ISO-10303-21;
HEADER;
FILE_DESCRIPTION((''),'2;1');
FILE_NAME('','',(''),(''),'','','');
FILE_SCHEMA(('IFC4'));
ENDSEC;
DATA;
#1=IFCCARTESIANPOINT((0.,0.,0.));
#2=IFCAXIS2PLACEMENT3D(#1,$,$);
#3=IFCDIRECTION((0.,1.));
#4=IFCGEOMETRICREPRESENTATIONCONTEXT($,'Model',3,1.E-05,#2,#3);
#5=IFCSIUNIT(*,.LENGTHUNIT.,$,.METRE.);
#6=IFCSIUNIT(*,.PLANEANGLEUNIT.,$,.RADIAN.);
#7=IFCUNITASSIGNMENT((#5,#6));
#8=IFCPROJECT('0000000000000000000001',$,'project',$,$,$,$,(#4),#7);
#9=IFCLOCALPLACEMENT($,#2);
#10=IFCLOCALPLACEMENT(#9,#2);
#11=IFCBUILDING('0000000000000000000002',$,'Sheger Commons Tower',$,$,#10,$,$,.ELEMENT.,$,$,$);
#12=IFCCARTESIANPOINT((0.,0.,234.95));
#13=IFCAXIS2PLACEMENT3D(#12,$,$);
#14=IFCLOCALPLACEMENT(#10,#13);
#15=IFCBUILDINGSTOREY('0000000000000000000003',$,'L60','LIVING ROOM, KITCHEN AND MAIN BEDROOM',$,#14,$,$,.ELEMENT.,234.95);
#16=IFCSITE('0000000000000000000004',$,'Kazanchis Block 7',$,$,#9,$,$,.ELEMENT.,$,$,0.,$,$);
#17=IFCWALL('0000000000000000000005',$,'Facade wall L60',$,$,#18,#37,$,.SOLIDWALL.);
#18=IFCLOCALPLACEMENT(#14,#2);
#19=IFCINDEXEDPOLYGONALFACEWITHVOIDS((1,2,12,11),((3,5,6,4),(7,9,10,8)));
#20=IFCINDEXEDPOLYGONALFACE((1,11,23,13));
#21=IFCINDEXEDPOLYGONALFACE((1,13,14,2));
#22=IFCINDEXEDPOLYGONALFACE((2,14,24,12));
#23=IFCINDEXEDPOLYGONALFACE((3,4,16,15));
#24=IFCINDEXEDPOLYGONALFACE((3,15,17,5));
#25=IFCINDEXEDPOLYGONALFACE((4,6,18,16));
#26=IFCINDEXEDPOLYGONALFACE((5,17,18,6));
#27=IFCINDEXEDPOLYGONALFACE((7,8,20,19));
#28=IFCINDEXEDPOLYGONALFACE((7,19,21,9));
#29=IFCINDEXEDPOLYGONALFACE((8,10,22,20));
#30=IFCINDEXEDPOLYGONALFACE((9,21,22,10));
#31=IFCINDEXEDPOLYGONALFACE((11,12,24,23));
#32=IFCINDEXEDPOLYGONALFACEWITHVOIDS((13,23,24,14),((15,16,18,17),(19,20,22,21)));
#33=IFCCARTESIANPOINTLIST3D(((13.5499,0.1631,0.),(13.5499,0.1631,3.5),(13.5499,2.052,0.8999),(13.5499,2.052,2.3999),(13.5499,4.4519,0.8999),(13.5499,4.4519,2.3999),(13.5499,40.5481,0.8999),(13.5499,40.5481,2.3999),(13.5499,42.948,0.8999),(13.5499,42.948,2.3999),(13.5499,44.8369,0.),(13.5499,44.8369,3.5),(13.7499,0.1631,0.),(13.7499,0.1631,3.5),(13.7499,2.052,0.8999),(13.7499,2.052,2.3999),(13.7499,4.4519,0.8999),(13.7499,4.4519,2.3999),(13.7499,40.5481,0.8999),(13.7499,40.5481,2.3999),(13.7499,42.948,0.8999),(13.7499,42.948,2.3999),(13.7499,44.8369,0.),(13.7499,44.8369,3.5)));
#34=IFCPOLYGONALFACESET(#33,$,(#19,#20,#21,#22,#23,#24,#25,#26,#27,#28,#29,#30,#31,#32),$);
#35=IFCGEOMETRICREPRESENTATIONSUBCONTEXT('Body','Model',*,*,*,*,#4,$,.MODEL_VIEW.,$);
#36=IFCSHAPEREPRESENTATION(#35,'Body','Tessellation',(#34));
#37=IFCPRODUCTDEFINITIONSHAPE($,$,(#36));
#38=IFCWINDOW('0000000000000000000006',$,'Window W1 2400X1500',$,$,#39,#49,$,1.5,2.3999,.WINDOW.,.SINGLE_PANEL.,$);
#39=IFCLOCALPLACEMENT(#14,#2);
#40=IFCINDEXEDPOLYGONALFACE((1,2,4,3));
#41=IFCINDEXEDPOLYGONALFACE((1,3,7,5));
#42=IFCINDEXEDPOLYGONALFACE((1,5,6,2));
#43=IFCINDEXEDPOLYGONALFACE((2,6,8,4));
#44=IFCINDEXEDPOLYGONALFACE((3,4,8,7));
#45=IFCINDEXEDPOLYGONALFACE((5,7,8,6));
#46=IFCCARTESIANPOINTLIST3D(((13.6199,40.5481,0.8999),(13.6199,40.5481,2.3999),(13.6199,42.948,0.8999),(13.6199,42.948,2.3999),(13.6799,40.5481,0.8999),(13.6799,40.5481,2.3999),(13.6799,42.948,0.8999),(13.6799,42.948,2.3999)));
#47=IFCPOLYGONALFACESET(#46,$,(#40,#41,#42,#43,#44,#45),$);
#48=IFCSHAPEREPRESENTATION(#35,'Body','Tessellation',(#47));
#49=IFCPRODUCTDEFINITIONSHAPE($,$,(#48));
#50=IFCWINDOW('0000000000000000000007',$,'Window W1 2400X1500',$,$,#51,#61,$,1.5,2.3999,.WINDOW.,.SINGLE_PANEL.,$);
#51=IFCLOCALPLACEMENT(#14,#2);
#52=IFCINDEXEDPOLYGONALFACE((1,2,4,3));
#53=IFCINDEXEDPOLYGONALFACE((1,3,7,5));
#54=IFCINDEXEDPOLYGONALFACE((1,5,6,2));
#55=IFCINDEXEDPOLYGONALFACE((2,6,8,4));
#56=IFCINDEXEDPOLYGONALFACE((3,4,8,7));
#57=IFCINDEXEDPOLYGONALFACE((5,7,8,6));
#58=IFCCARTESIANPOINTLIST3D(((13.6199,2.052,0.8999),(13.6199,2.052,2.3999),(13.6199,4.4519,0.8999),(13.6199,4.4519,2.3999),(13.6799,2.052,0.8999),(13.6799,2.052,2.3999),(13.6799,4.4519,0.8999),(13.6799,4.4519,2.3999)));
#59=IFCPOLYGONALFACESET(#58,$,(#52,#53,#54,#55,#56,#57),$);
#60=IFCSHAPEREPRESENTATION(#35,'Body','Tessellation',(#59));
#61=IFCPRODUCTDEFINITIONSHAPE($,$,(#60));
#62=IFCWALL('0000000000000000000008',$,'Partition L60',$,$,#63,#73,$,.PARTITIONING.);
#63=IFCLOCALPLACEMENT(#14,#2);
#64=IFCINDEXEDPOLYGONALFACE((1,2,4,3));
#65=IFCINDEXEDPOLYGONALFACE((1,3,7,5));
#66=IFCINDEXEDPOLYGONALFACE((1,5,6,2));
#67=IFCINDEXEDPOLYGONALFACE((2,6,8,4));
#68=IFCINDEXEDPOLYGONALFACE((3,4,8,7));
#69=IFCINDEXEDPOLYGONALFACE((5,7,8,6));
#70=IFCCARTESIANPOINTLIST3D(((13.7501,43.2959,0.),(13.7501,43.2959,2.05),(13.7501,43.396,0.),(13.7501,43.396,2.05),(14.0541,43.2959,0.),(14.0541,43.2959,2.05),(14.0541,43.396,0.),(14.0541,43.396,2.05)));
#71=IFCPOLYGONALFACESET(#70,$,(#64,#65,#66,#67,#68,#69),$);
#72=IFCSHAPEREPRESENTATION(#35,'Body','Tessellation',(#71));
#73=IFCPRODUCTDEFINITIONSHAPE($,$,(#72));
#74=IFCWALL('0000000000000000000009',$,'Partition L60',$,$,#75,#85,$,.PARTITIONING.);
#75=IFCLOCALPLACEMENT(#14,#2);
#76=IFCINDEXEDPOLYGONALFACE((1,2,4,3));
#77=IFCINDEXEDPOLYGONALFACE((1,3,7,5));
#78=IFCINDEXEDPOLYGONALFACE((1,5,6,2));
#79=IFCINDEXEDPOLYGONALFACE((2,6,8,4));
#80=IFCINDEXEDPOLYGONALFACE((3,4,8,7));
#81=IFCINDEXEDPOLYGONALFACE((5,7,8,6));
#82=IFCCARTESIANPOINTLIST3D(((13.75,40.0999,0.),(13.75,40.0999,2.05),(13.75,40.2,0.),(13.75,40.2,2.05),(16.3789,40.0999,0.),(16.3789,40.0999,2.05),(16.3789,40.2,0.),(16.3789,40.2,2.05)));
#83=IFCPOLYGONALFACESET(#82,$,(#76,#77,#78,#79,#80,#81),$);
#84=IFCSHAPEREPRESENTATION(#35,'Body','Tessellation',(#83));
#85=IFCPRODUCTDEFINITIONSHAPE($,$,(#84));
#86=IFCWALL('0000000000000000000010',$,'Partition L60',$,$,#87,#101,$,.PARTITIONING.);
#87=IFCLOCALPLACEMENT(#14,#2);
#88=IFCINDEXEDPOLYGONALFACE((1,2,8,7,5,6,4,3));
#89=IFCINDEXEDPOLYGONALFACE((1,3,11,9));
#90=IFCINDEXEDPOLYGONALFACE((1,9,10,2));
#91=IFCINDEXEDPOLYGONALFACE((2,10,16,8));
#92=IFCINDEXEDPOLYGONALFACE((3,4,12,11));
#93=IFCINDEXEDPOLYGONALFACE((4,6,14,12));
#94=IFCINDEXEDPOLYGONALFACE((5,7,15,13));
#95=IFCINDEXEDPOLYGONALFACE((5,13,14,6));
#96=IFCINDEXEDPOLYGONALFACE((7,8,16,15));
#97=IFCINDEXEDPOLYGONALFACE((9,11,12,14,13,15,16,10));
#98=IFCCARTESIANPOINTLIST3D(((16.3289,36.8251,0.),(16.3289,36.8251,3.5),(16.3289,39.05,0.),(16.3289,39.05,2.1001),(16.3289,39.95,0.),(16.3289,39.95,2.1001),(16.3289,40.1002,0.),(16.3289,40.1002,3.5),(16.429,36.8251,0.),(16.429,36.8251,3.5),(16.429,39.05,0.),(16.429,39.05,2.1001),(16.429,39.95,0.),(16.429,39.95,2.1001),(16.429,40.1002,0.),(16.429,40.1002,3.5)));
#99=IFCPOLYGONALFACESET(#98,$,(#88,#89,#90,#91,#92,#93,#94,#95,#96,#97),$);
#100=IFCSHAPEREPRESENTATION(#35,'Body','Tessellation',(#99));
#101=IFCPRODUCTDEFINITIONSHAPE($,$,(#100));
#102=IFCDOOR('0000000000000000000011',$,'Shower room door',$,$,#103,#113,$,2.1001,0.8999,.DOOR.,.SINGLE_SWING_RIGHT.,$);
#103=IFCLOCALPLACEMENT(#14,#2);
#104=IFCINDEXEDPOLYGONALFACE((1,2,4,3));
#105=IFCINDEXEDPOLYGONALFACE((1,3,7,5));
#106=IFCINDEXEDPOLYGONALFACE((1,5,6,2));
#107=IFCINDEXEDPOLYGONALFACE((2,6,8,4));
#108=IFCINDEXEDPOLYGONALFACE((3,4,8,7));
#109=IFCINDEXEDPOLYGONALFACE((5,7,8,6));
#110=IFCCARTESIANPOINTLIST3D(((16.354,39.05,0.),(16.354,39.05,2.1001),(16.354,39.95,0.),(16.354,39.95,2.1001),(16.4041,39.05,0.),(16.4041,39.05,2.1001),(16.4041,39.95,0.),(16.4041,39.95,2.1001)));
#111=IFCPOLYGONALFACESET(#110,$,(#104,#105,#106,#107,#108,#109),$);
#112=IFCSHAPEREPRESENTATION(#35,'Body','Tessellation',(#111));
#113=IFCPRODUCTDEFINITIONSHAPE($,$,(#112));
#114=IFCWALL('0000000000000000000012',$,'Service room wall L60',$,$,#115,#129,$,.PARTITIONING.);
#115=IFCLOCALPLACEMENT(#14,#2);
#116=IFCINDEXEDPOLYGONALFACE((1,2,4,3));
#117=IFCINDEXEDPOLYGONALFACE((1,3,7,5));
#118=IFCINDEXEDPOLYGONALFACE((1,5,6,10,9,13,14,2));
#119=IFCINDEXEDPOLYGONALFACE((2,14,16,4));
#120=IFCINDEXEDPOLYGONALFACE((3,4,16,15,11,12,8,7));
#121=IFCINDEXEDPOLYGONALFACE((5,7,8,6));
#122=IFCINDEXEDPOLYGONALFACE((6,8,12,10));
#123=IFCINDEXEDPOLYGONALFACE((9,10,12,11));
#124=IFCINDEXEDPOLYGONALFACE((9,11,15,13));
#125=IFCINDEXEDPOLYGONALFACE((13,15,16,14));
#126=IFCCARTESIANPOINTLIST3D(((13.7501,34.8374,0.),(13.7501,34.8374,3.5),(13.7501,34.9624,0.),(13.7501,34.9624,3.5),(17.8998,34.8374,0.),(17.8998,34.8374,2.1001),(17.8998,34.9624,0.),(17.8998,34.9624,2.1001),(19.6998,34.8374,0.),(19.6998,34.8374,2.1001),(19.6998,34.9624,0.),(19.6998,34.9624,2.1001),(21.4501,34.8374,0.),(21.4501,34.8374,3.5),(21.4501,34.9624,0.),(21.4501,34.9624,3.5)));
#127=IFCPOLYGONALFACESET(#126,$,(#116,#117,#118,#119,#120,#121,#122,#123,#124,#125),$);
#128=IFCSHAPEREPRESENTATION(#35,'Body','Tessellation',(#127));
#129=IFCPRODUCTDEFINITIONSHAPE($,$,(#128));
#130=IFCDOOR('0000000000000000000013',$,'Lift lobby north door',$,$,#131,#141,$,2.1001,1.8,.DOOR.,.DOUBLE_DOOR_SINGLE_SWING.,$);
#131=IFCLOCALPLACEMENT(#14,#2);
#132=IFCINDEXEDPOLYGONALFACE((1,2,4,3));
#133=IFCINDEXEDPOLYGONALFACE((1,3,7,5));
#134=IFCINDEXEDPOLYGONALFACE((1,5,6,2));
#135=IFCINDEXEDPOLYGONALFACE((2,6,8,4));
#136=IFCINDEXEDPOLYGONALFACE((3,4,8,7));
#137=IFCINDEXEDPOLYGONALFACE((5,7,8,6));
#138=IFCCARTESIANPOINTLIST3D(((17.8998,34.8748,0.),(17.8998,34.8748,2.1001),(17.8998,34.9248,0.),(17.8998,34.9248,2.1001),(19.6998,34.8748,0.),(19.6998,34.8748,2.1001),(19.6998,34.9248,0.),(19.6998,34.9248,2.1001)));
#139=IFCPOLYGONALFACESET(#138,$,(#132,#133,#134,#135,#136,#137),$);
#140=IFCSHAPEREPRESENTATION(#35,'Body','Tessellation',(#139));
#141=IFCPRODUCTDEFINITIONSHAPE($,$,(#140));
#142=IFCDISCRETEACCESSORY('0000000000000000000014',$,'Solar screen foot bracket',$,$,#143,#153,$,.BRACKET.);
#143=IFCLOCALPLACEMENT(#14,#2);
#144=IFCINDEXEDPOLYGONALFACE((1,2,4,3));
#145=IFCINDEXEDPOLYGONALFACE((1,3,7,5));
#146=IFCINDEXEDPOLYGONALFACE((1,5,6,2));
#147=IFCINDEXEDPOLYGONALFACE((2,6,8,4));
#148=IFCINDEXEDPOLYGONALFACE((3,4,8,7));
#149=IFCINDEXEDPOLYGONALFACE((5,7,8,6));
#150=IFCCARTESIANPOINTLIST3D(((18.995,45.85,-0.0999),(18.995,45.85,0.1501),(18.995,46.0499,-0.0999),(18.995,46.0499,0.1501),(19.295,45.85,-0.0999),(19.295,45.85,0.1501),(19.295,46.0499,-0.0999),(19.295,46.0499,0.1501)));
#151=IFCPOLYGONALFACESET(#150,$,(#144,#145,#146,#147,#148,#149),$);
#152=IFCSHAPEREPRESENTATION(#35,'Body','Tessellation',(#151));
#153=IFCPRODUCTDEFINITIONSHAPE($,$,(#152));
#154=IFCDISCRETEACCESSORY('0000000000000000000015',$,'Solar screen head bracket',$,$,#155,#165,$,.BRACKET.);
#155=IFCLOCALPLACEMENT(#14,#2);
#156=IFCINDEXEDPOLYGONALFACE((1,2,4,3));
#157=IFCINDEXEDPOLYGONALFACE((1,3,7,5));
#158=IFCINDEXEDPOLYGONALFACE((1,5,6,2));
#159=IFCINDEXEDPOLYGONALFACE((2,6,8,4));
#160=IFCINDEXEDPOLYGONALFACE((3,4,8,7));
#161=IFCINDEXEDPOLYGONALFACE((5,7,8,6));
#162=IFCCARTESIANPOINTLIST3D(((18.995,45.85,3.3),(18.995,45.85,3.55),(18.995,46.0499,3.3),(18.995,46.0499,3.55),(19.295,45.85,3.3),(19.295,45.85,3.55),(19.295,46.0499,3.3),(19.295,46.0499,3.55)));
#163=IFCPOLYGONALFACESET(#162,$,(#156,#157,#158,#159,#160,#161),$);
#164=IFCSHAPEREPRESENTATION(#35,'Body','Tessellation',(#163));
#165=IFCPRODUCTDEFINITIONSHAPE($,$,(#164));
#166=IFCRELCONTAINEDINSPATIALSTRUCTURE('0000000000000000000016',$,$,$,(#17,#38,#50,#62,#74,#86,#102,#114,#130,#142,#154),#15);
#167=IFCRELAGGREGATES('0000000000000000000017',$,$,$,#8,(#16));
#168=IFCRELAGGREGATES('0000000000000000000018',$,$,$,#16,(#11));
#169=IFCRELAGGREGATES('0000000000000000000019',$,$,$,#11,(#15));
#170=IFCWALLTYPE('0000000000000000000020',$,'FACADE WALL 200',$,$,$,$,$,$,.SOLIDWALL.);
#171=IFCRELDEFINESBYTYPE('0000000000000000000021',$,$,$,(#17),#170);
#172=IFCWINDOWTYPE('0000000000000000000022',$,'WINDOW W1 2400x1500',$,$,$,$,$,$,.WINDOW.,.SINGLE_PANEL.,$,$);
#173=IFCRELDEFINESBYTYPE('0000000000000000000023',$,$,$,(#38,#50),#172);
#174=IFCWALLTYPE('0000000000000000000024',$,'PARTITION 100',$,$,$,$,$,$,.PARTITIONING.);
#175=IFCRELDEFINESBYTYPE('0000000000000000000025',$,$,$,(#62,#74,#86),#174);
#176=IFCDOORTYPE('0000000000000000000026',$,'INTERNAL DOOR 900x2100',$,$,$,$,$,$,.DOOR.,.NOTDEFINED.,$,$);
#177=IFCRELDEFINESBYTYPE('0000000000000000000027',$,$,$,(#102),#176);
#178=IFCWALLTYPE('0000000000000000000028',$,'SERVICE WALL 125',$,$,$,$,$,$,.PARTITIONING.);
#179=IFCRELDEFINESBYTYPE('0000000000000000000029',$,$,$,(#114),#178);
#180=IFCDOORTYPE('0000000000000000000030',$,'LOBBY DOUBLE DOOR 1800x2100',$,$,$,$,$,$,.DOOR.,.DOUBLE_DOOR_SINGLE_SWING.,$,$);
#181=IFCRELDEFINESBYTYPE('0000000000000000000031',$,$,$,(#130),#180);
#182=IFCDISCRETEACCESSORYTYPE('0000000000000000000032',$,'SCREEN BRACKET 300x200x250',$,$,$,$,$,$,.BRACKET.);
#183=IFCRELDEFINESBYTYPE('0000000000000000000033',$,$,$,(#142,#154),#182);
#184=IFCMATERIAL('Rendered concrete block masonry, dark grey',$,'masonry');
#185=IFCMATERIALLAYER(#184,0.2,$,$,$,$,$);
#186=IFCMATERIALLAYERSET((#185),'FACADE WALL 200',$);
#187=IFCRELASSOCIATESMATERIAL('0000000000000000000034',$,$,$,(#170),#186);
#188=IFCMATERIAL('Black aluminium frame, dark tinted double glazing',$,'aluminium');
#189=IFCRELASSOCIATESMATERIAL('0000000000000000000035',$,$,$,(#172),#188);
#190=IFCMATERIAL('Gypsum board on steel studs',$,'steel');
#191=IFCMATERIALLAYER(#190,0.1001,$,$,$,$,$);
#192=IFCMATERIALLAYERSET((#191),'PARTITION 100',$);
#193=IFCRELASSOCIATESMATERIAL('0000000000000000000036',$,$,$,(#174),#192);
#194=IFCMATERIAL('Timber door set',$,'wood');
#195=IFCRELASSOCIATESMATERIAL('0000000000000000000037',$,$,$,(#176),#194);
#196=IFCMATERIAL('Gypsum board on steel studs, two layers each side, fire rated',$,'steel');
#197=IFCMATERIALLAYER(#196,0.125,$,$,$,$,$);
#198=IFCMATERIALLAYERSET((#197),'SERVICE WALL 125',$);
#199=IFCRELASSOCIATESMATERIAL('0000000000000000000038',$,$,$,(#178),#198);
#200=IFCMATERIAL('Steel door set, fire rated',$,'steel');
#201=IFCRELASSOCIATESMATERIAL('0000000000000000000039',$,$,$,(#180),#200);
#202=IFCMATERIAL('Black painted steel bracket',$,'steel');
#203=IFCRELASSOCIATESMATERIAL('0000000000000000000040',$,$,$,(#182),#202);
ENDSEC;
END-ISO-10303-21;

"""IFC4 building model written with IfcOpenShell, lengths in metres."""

from ifc_helpers import new_model, si_unit, direction, frame, frame_2d, origin, origin_2d, place, context, subcontext, project, spatial, rectangle, extrude, material, layer, layer_set, type_object, element, fill, save


model = new_model("IFC4")

# Units and contexts
model_context = context("Model", 3, precision=1e-05, world=origin(), true_north=direction((0.0, 1.0)))
body_context = subcontext(model_context, "Body", "Model", "MODEL_VIEW")
ifc_project = project(units=[si_unit("LENGTHUNIT", "METRE"), si_unit("PLANEANGLEUNIT", "RADIAN")], contexts=[model_context])

# Site, building, storey
site_placement = place(None, origin())
site = spatial("IfcSite", under=ifc_project, at=site_placement, Name="Kazanchis Block 7", CompositionType="ELEMENT", RefElevation=0.0)
building_placement = place(site_placement, origin())
building = spatial("IfcBuilding", under=site, at=building_placement, Name="Sheger Commons Tower", CompositionType="ELEMENT")
storey_placement = place(building_placement, frame((0.0, 0.0, 234.95)))
storey = spatial("IfcBuildingStorey", under=building, at=storey_placement, Name="L60", Description="LIVING ROOM, KITCHEN AND MAIN BEDROOM", CompositionType="ELEMENT", Elevation=234.95)

# Shared definitions
ifc_material_1 = material(Name="Rendered concrete block masonry, dark grey", Category="masonry")
ifc_layer_1 = layer(ifc_material_1, 0.2)
ifc_layer_set_1 = layer_set([ifc_layer_1], Name="FACADE WALL 200")
wall_type_1 = type_object("IfcWallType", Name="FACADE WALL 200", PredefinedType="SOLIDWALL", material=ifc_layer_set_1)

# Wall, openings, windows
wall_1_placement = place(storey_placement, frame((13.6499, 44.8369, 0.0), z_axis=(0.0, 0.0, 1.0), x_axis=(0.0, -1.0, 0.0)))
wall_1 = element("IfcWall", 1, at=wall_1_placement, inside=storey, type_object=wall_type_1, Name="Facade wall L60", PredefinedType="SOLIDWALL", context=body_context, shape_type="SweptSolid", body=[
    extrude(rectangle(XDim=44.6738, YDim=0.2, at=frame_2d((22.3369, 0.0))), origin(), (0.0, 0.0, 1.0), 3.5),
])
opening_1_placement = place(wall_1_placement, frame((1.8889, 0.0, 0.8999)))
opening_1 = element("IfcOpeningElement", 2, at=opening_1_placement, cuts=wall_1, PredefinedType="OPENING", context=body_context, shape_type="SweptSolid", body=[
    extrude(rectangle(XDim=2.3999, YDim=1.5, at=frame_2d((1.2, 0.75))), frame((0.0, 0.1099, 0.0), z_axis=(0.0, -1.0, 0.0), x_axis=(1.0, 0.0, 0.0)), (0.0, 0.0, 1.0), 0.22),
])
opening_2_placement = place(wall_1_placement, frame((40.385, 0.0, 0.8999)))
opening_2 = element("IfcOpeningElement", 3, at=opening_2_placement, cuts=wall_1, PredefinedType="OPENING", context=body_context, shape_type="SweptSolid", body=[
    extrude(rectangle(XDim=2.3999, YDim=1.5, at=frame_2d((1.2, 0.75))), frame((0.0, 0.1099, 0.0), z_axis=(0.0, -1.0, 0.0), x_axis=(1.0, 0.0, 0.0)), (0.0, 0.0, 1.0), 0.22),
])
ifc_material_2 = material(Name="Black aluminium frame, dark tinted double glazing", Category="aluminium")
window_type = type_object("IfcWindowType", Name="WINDOW W1 2400x1500", PartitioningType="SINGLE_PANEL", PredefinedType="WINDOW", material=ifc_material_2)
window_1_placement = place(opening_1_placement, origin())
window_1 = element("IfcWindow", 4, at=window_1_placement, inside=storey, type_object=window_type, Name="Window W1 2400X1500", OverallHeight=1.5, OverallWidth=2.3999, PartitioningType="SINGLE_PANEL", PredefinedType="WINDOW", context=body_context, shape_type="SweptSolid", body=[
    extrude(rectangle(XDim=2.3999, YDim=1.5, at=frame_2d((1.2, 0.75))), frame((0.0, 0.03, 0.0), z_axis=(0.0, -1.0, 0.0), x_axis=(1.0, 0.0, 0.0)), (0.0, 0.0, 1.0), 0.0601),
])
fill(opening_1, window_1)
window_2_placement = place(opening_2_placement, origin())
window_2 = element("IfcWindow", 5, at=window_2_placement, inside=storey, type_object=window_type, Name="Window W1 2400X1500", OverallHeight=1.5, OverallWidth=2.3999, PartitioningType="SINGLE_PANEL", PredefinedType="WINDOW", context=body_context, shape_type="SweptSolid", body=[
    extrude(rectangle(XDim=2.3999, YDim=1.5, at=frame_2d((1.2, 0.75))), frame((0.0, 0.03, 0.0), z_axis=(0.0, -1.0, 0.0), x_axis=(1.0, 0.0, 0.0)), (0.0, 0.0, 1.0), 0.0601),
])
fill(opening_2, window_2)

# Walls
ifc_material_3 = material(Name="Gypsum board on steel studs", Category="steel")
ifc_layer_2 = layer(ifc_material_3, 0.1001)
ifc_layer_set_2 = layer_set([ifc_layer_2], Name="PARTITION 100")
wall_type_2 = type_object("IfcWallType", Name="PARTITION 100", PredefinedType="PARTITIONING", material=ifc_layer_set_2)
wall_2_placement = place(storey_placement, frame((14.054, 43.3459, 0.0), z_axis=(0.0, 0.0, 1.0), x_axis=(-1.0, 0.0, 0.0)))
element("IfcWall", 6, at=wall_2_placement, inside=storey, type_object=wall_type_2, Name="Partition L60", PredefinedType="PARTITIONING", context=body_context, shape_type="SweptSolid", body=[
    extrude(rectangle(XDim=0.304, YDim=0.1001, at=frame_2d((0.1519, 0.0))), origin(), (0.0, 0.0, 1.0), 2.05),
])
wall_3_placement = place(storey_placement, frame((13.75, 40.1499, 0.0), z_axis=(0.0, 0.0, 1.0), x_axis=(1.0, 0.0, 0.0)))
element("IfcWall", 7, at=wall_3_placement, inside=storey, type_object=wall_type_2, Name="Partition L60", PredefinedType="PARTITIONING", context=body_context, shape_type="SweptSolid", body=[
    extrude(rectangle(XDim=2.6289, YDim=0.1001, at=frame_2d((1.3145, 0.0))), origin(), (0.0, 0.0, 1.0), 2.05),
])

# Walls, openings, doors
wall_4_placement = place(storey_placement, frame((16.3789, 36.825, 0.0), z_axis=(0.0, 0.0, 1.0), x_axis=(0.0, 1.0, 0.0)))
wall_4 = element("IfcWall", 8, at=wall_4_placement, inside=storey, type_object=wall_type_2, Name="Partition L60", PredefinedType="PARTITIONING", context=body_context, shape_type="SweptSolid", body=[
    extrude(rectangle(XDim=3.2751, YDim=0.1001, at=frame_2d((1.6377, 0.0))), origin(), (0.0, 0.0, 1.0), 3.5),
])
opening_3_placement = place(wall_4_placement, frame((2.2251, 0.0, 0.0)))
opening_3 = element("IfcOpeningElement", 9, at=opening_3_placement, cuts=wall_4, PredefinedType="OPENING", context=body_context, shape_type="SweptSolid", body=[
    extrude(rectangle(XDim=0.8999, YDim=2.1001, at=frame_2d((0.45, 1.05))), frame((0.0, 0.0601, 0.0), z_axis=(0.0, -1.0, 0.0), x_axis=(1.0, 0.0, 0.0)), (0.0, 0.0, 1.0), 0.1201),
])
ifc_material_4 = material(Name="Timber door set", Category="wood")
door_type_1 = type_object("IfcDoorType", Name="INTERNAL DOOR 900x2100", OperationType="NOTDEFINED", PredefinedType="DOOR", material=ifc_material_4)
door_1_placement = place(opening_3_placement, origin())
door_1 = element("IfcDoor", 10, at=door_1_placement, inside=storey, type_object=door_type_1, Name="Shower room door", OperationType="SINGLE_SWING_RIGHT", OverallHeight=2.1001, OverallWidth=0.8999, PredefinedType="DOOR", context=body_context, shape_type="SweptSolid", body=[
    extrude(rectangle(XDim=0.8999, YDim=2.1001, at=frame_2d((0.45, 1.05))), frame((0.0, 0.0249, 0.0), z_axis=(0.0, -1.0, 0.0), x_axis=(1.0, 0.0, 0.0)), (0.0, 0.0, 1.0), 0.05),
])
fill(opening_3, door_1)
ifc_material_5 = material(Name="Gypsum board on steel studs, two layers each side, fire rated", Category="steel")
ifc_layer_3 = layer(ifc_material_5, 0.125)
ifc_layer_set_3 = layer_set([ifc_layer_3], Name="SERVICE WALL 125")
wall_type_3 = type_object("IfcWallType", Name="SERVICE WALL 125", PredefinedType="PARTITIONING", material=ifc_layer_set_3)
wall_5_placement = place(storey_placement, frame((13.75, 34.8999, 0.0), z_axis=(0.0, 0.0, 1.0), x_axis=(1.0, 0.0, 0.0)))
wall_5 = element("IfcWall", 11, at=wall_5_placement, inside=storey, type_object=wall_type_3, Name="Service room wall L60", PredefinedType="PARTITIONING", context=body_context, shape_type="SweptSolid", body=[
    extrude(rectangle(XDim=7.7, YDim=0.125, at=frame_2d((3.8501, 0.0))), origin(), (0.0, 0.0, 1.0), 3.5),
])
opening_4_placement = place(wall_5_placement, frame((4.1499, 0.0, 0.0)))
opening_4 = element("IfcOpeningElement", 12, at=opening_4_placement, cuts=wall_5, PredefinedType="OPENING", context=body_context, shape_type="SweptSolid", body=[
    extrude(rectangle(XDim=1.8, YDim=2.1001, at=frame_2d((0.8999, 1.05))), frame((0.0, 0.0725, 0.0), z_axis=(0.0, -1.0, 0.0), x_axis=(1.0, 0.0, 0.0)), (0.0, 0.0, 1.0), 0.145),
])
ifc_material_6 = material(Name="Steel door set, fire rated", Category="steel")
door_type_2 = type_object("IfcDoorType", Name="LOBBY DOUBLE DOOR 1800x2100", OperationType="DOUBLE_DOOR_SINGLE_SWING", PredefinedType="DOOR", material=ifc_material_6)
door_2_placement = place(opening_4_placement, origin())
door_2 = element("IfcDoor", 13, at=door_2_placement, inside=storey, type_object=door_type_2, Name="Lift lobby north door", OperationType="DOUBLE_DOOR_SINGLE_SWING", OverallHeight=2.1001, OverallWidth=1.8, PredefinedType="DOOR", context=body_context, shape_type="SweptSolid", body=[
    extrude(rectangle(XDim=1.8, YDim=2.1001, at=frame_2d((0.8999, 1.05))), frame((0.0, 0.0249, 0.0), z_axis=(0.0, -1.0, 0.0), x_axis=(1.0, 0.0, 0.0)), (0.0, 0.0, 1.0), 0.05),
])
fill(opening_4, door_2)

# Discrete accessories
ifc_material_7 = material(Name="Black painted steel bracket", Category="steel")
discrete_accessory_type = type_object("IfcDiscreteAccessoryType", Name="SCREEN BRACKET 300x200x250", PredefinedType="BRACKET", material=ifc_material_7)
for number, where, z_axis, x_axis, name in (
    (14, (19.145, 45.95, -0.0999), (0.0, 0.0, 1.0), (-1.0, 0.0, 0.0), "Solar screen foot bracket"),
    (15, (19.145, 45.95, 3.3), (0.0, 0.0, 1.0), (-1.0, 0.0, 0.0), "Solar screen head bracket"),
):
    element("IfcDiscreteAccessory", number, at=place(storey_placement, frame(where, z_axis=z_axis, x_axis=x_axis)), inside=storey, type_object=discrete_accessory_type, Name=name, PredefinedType="BRACKET", context=body_context, shape_type="SweptSolid", body=[
        extrude(rectangle(XDim=0.3, YDim=0.2, at=origin_2d()), origin(), (0.0, 0.0, 1.0), 0.25),
    ])

save(model, "model.ifc")
